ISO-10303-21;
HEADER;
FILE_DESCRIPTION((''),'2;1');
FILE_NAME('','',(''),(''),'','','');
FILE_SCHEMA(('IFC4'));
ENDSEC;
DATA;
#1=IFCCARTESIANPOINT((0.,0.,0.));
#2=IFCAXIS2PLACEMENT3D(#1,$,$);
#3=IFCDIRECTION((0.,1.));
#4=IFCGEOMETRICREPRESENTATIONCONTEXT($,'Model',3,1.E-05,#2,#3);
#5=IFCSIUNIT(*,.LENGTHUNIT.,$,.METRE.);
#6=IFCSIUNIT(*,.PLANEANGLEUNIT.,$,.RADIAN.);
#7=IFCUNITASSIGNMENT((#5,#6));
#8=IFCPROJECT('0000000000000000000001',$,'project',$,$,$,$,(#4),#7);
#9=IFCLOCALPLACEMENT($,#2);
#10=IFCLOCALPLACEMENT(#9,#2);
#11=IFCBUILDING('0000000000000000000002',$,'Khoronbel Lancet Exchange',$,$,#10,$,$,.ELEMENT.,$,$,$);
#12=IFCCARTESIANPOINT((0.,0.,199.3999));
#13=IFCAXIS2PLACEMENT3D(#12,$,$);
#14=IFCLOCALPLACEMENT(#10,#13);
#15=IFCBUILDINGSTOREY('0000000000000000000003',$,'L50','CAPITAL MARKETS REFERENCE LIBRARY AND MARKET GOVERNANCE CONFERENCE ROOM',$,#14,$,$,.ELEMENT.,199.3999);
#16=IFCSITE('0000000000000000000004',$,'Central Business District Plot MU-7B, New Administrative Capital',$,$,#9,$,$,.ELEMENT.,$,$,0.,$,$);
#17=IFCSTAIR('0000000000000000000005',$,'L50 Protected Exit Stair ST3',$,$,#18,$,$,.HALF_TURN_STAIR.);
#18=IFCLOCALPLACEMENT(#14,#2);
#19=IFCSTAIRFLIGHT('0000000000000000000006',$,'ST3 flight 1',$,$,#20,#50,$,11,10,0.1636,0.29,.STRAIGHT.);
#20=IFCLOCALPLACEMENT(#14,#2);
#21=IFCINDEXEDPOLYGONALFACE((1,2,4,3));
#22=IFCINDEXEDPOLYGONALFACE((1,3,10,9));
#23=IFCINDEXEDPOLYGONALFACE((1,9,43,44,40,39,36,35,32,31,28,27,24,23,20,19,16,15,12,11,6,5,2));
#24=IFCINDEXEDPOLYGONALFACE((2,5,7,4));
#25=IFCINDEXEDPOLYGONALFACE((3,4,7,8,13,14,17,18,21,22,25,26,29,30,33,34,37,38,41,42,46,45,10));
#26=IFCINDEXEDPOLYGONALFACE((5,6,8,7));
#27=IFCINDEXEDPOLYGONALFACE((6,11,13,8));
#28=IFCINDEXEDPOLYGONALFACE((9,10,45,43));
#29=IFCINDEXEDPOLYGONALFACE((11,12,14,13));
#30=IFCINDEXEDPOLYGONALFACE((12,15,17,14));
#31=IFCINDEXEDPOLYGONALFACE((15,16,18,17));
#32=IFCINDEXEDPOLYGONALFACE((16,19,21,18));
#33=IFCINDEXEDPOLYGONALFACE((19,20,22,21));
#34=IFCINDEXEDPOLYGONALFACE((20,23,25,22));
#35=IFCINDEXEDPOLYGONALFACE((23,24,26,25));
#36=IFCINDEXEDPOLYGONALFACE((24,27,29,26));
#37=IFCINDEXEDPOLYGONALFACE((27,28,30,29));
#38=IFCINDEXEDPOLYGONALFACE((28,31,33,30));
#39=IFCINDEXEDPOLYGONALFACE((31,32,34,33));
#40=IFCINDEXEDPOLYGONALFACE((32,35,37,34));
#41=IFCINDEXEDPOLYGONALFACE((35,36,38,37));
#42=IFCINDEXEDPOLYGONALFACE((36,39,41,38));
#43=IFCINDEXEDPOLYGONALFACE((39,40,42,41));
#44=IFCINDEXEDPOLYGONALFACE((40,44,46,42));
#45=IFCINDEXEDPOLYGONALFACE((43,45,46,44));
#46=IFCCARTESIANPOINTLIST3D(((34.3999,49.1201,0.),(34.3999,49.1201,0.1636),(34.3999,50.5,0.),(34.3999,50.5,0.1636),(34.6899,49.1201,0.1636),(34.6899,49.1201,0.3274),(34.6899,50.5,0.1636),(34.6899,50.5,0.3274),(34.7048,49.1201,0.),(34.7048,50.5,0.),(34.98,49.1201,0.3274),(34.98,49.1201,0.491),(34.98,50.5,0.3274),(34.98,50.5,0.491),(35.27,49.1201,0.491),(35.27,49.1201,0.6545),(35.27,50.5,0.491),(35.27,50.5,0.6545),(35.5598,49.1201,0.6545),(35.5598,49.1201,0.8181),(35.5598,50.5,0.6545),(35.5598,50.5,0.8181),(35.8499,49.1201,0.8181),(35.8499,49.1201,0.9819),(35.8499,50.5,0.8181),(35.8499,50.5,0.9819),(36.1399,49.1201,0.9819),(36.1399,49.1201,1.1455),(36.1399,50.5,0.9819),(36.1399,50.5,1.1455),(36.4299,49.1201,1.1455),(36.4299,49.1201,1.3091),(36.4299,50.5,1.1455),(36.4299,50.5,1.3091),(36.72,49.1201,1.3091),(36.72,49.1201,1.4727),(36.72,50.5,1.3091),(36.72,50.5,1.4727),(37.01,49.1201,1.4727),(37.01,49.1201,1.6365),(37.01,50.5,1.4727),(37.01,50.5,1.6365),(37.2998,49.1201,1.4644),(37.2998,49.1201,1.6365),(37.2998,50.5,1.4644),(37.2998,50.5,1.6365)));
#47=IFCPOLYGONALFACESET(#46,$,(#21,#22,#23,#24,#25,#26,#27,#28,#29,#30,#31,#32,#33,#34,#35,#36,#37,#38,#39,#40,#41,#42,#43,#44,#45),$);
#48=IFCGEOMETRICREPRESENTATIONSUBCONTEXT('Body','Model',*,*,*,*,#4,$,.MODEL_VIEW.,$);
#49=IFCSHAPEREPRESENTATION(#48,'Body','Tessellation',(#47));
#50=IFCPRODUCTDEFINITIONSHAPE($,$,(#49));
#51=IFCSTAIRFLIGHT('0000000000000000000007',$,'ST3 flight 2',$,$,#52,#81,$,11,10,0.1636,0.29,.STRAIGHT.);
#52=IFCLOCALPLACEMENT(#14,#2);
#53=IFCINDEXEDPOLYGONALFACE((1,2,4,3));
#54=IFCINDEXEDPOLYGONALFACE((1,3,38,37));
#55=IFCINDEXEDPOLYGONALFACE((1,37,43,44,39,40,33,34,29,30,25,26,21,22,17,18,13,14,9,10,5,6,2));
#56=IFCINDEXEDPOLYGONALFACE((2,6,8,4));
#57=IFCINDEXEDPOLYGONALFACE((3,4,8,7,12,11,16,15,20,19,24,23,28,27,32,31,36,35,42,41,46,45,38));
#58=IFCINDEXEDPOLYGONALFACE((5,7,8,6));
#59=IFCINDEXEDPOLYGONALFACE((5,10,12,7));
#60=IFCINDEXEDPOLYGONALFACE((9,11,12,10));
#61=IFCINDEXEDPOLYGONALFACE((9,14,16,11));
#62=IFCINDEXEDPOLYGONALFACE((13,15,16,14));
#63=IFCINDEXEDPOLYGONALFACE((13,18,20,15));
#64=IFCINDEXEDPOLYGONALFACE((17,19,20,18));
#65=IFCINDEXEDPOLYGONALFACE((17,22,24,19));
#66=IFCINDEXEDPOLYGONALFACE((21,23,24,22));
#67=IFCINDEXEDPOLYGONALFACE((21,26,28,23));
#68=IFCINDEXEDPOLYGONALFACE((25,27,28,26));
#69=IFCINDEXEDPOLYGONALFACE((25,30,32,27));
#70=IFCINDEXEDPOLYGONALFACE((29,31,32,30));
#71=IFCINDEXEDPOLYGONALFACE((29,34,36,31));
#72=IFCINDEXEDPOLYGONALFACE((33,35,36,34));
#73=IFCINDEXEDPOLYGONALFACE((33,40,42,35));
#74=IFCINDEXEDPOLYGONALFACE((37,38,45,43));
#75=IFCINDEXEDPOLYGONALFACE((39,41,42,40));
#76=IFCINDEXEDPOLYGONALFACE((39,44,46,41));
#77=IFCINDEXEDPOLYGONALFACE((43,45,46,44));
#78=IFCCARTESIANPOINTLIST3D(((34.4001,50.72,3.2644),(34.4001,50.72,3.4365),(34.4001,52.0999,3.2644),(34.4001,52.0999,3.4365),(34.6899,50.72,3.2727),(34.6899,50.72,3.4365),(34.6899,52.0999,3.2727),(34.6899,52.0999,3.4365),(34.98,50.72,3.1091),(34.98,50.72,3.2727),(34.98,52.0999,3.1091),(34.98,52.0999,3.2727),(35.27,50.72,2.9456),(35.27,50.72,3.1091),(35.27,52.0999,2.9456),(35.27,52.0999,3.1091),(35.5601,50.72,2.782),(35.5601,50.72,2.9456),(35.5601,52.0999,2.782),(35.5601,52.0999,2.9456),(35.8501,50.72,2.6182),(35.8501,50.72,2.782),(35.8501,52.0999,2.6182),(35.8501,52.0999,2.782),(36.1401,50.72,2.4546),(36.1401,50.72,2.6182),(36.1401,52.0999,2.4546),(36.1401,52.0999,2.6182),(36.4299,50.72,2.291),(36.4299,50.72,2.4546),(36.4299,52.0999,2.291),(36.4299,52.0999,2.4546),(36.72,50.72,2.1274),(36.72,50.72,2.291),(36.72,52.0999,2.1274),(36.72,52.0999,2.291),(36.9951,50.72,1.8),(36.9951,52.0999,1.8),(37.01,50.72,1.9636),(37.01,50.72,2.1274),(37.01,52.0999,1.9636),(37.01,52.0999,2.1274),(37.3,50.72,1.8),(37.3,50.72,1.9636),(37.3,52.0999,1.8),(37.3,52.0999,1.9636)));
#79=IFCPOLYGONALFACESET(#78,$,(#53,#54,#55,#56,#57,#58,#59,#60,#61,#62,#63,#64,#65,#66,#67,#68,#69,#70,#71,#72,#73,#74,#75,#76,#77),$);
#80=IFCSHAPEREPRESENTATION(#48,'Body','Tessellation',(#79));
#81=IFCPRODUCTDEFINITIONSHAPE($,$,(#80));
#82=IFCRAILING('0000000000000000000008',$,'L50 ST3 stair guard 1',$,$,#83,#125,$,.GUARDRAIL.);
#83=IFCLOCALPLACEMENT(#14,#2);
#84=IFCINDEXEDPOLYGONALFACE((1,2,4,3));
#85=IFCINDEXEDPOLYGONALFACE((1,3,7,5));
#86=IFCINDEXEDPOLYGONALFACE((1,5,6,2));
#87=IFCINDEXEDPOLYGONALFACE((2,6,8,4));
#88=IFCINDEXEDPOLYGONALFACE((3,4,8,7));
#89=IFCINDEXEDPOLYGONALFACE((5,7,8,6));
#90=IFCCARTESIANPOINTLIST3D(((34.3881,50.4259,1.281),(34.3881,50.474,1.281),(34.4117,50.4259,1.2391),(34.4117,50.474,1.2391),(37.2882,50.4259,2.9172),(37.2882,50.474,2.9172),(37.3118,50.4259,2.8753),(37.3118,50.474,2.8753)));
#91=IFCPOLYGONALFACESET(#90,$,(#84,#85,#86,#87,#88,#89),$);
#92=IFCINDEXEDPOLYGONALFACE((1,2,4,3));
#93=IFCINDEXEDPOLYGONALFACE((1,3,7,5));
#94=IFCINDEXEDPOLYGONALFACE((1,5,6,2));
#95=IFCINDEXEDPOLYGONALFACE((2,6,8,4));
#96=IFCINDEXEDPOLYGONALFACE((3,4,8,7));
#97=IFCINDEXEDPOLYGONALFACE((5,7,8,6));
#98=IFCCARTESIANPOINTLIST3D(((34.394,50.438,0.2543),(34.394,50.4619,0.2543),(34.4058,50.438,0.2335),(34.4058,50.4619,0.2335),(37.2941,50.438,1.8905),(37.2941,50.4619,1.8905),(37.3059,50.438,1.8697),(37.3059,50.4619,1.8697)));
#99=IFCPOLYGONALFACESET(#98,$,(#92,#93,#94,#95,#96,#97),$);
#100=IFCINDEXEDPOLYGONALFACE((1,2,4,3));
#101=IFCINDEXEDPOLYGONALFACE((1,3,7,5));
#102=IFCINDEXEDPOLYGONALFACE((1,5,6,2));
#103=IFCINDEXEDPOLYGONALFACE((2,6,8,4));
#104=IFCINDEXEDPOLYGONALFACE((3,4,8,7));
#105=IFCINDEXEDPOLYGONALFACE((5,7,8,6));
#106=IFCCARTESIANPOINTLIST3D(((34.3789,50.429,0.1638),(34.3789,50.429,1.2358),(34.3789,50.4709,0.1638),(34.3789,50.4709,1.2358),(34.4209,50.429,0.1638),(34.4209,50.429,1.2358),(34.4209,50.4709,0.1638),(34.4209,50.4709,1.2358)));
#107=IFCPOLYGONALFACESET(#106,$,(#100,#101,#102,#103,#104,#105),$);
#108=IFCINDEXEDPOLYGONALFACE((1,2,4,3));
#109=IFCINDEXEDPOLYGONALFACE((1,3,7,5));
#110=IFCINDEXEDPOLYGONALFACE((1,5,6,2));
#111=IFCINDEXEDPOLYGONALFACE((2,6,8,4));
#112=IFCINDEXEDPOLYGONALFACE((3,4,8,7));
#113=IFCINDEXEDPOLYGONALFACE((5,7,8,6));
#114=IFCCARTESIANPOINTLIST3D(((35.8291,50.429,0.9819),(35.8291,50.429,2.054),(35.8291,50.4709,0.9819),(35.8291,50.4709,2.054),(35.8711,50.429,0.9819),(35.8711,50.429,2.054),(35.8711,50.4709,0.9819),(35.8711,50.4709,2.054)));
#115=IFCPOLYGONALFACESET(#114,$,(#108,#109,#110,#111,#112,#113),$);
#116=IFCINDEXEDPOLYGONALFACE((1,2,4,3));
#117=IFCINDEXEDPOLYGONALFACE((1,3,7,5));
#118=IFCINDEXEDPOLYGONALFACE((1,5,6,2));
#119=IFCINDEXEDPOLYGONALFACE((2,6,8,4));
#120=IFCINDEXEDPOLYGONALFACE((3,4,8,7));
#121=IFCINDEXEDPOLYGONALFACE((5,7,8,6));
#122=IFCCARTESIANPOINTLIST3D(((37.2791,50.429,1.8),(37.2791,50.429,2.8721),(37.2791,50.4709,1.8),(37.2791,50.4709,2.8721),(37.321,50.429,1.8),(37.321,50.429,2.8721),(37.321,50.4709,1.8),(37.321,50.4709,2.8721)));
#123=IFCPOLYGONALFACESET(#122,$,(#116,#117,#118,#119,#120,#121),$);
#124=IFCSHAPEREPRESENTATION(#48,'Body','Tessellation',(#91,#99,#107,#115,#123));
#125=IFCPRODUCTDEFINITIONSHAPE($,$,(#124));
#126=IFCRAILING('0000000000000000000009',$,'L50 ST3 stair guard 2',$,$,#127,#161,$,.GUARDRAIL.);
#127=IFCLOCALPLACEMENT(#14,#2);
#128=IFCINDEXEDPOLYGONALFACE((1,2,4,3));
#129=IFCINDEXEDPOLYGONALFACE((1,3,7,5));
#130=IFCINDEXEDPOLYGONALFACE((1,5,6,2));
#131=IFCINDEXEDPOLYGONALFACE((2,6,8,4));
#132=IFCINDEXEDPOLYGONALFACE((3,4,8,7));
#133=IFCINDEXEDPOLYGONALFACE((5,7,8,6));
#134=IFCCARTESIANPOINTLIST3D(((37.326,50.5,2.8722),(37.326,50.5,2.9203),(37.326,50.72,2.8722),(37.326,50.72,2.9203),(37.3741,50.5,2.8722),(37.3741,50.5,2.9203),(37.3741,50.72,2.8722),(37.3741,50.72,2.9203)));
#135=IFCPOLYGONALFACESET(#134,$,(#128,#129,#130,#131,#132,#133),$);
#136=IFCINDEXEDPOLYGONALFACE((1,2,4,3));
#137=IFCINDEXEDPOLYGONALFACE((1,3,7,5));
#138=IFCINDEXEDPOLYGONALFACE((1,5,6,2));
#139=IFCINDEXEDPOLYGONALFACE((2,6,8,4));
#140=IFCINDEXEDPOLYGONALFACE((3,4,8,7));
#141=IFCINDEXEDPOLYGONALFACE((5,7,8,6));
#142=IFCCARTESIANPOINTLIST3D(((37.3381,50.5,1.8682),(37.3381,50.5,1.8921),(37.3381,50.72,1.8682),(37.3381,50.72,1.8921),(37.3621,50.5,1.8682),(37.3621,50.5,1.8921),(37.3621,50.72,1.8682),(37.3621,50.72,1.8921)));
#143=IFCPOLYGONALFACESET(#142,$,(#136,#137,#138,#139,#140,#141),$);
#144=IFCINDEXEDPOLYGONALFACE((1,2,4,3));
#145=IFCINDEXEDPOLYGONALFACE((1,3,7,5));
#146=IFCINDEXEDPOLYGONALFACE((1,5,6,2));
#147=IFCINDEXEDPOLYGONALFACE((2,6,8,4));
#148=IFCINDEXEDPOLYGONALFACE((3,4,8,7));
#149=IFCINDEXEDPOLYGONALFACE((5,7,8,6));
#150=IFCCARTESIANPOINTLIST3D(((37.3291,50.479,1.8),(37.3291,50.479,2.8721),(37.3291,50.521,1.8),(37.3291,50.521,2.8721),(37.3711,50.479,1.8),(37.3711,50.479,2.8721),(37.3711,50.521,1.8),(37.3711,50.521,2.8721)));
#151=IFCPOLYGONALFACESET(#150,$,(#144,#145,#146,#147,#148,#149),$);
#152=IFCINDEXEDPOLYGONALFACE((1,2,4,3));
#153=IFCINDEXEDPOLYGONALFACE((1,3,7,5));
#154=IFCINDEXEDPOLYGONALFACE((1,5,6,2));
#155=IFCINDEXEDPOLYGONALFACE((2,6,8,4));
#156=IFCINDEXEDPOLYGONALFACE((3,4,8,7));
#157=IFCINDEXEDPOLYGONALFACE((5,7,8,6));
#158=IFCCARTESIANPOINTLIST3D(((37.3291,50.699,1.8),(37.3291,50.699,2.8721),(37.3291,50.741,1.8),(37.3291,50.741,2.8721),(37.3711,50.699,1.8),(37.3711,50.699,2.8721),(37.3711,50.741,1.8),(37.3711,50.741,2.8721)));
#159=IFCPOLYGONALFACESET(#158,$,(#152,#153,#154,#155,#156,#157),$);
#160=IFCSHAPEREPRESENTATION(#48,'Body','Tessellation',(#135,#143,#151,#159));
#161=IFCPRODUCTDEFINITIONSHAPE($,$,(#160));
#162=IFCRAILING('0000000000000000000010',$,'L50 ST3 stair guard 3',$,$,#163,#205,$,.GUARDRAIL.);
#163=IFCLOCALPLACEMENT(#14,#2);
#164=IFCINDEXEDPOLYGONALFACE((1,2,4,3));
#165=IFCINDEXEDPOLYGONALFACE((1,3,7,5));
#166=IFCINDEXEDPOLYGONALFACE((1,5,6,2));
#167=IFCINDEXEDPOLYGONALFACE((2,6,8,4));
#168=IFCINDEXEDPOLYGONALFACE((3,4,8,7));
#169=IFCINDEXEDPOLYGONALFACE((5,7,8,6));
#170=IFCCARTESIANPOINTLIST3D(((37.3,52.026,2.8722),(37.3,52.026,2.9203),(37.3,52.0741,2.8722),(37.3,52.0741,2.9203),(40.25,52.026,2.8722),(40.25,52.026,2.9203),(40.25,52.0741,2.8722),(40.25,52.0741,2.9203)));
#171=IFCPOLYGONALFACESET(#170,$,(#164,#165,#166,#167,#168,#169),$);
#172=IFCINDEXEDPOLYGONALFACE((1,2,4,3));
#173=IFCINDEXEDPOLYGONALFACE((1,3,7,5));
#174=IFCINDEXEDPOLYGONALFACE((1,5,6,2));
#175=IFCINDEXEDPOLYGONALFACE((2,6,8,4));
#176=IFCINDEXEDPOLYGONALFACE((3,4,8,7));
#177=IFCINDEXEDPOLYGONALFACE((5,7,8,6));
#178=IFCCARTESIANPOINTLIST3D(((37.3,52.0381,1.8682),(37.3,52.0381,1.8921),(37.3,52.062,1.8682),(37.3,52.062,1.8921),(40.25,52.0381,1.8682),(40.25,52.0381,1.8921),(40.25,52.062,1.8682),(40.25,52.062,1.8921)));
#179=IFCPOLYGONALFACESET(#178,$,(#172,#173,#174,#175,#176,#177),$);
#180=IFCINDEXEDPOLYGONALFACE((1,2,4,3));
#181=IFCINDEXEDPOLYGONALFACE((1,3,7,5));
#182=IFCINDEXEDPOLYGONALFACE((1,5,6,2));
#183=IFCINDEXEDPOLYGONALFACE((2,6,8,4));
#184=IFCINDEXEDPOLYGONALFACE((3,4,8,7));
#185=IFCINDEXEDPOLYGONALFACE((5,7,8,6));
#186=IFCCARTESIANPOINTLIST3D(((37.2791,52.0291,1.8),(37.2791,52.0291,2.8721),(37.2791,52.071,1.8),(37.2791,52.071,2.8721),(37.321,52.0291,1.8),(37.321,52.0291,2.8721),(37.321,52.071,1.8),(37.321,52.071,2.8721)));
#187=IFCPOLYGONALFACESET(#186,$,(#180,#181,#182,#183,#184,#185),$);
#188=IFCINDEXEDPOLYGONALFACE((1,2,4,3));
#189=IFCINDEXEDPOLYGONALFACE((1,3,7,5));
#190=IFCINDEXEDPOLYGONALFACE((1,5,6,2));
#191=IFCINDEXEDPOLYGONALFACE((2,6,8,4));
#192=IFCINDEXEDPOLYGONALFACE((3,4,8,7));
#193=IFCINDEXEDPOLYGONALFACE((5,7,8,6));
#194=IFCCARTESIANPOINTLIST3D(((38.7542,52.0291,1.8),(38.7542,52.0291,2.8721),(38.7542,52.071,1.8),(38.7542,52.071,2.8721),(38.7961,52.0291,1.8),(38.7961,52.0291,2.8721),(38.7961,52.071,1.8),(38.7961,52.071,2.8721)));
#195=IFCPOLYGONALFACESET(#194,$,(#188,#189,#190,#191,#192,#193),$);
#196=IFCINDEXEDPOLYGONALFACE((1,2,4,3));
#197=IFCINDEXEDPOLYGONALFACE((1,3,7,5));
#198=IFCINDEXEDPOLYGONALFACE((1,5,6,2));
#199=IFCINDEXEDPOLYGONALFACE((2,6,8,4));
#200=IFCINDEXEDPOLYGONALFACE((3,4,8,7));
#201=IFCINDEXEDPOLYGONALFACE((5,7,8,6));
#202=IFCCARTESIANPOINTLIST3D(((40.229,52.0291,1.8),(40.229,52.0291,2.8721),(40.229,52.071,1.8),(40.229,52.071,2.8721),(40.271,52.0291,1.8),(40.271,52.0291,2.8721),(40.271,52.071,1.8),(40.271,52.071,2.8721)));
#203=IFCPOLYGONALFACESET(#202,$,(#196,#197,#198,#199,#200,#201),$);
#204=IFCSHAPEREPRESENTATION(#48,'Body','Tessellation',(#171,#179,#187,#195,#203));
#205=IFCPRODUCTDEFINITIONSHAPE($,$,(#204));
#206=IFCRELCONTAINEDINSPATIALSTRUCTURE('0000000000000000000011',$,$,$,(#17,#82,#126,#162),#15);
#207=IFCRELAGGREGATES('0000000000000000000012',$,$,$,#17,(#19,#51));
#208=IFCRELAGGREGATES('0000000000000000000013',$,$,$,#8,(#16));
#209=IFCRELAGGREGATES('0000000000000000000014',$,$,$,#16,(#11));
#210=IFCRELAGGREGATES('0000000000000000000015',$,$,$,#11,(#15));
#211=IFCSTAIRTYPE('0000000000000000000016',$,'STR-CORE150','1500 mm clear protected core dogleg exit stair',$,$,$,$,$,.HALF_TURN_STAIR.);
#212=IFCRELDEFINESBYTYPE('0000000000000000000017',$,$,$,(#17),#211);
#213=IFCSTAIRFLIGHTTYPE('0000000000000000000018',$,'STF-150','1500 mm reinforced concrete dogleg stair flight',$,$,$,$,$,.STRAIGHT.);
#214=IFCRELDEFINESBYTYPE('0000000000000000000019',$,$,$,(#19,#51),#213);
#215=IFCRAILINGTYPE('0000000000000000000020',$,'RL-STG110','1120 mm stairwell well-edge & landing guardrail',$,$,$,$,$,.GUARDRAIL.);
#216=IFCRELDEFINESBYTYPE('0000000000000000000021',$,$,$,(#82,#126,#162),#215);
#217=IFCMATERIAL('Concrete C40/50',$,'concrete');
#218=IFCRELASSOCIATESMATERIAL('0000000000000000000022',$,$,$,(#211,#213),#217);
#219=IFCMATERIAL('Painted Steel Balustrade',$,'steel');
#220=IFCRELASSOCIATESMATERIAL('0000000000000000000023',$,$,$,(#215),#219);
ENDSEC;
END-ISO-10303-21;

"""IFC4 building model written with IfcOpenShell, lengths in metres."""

from ifc_helpers import new_model, si_unit, direction, frame, origin, origin_2d, place, context, subcontext, project, spatial, polyline, rectangle, outline, extrude, material, type_object, element, aggregate, save


model = new_model("IFC4")

# Units and contexts
model_context = context("Model", 3, precision=1e-05, world=origin(), true_north=direction((0.0, 1.0)))
body_context = subcontext(model_context, "Body", "Model", "MODEL_VIEW")
ifc_project = project(units=[si_unit("LENGTHUNIT", "METRE"), si_unit("PLANEANGLEUNIT", "RADIAN")], contexts=[model_context])

# Site, building, storey
site_placement = place(None, origin())
site = spatial("IfcSite", under=ifc_project, at=site_placement, Name="Central Business District Plot MU-7B, New Administrative Capital", CompositionType="ELEMENT", RefElevation=0.0)
building_placement = place(site_placement, origin())
building = spatial("IfcBuilding", under=site, at=building_placement, Name="Khoronbel Lancet Exchange", CompositionType="ELEMENT")
storey_placement = place(building_placement, frame((0.0, 0.0, 199.3999)))
storey = spatial("IfcBuildingStorey", under=building, at=storey_placement, Name="L50", Description="CAPITAL MARKETS REFERENCE LIBRARY AND MARKET GOVERNANCE CONFERENCE ROOM", CompositionType="ELEMENT", Elevation=199.3999)

# Stair, stair flights
ifc_material_1 = material(Name="Concrete C40/50", Category="concrete")
stair_type = type_object("IfcStairType", Name="STR-CORE150", Description="1500 mm clear protected core dogleg exit stair", PredefinedType="HALF_TURN_STAIR", material=ifc_material_1)
stair_placement = place(storey_placement, origin())
stair = element("IfcStair", 1, at=stair_placement, inside=storey, type_object=stair_type, Name="L50 Protected Exit Stair ST3", PredefinedType="HALF_TURN_STAIR")
stair_flight_type = type_object("IfcStairFlightType", Name="STF-150", Description="1500 mm reinforced concrete dogleg stair flight", PredefinedType="STRAIGHT", material=ifc_material_1)
stair_flight_1_placement = place(storey_placement, frame((34.3999, 49.8101, 0.0), z_axis=(0.0, 0.0, 1.0), x_axis=(1.0, 0.0, 0.0)))
stair_flight_1 = element("IfcStairFlight", 2, at=stair_flight_1_placement, type_object=stair_flight_type, Name="ST3 flight 1", NumberOfRisers=11, NumberOfTreads=10, PredefinedType="STRAIGHT", RiserHeight=0.1636, TreadLength=0.29, context=body_context, shape_type="SweptSolid", body=[
    extrude(outline(polyline([(0.0, 0.0), (0.0, 0.1636), (0.29, 0.1636), (0.29, 0.3274), (0.5801, 0.3274), (0.5801, 0.491), (0.8701, 0.491), (0.8701, 0.6545), (1.1599, 0.6545), (1.1599, 0.8181), (1.45, 0.8181), (1.45, 0.9819), (1.74, 0.9819), (1.74, 1.1455), (2.03, 1.1455), (2.03, 1.3091), (2.3201, 1.3091), (2.3201, 1.4727), (2.6101, 1.4727), (2.6101, 1.6365), (2.8999, 1.6365), (2.8999, 1.8), (2.8999, 1.4644), (0.3049, 0.0), (0.0, 0.0)])), frame((0.0, 0.6899, 0.0), z_axis=(0.0, -1.0, 0.0), x_axis=(1.0, 0.0, 0.0)), (0.0, 0.0, 1.0), 1.3799),
])
stair_flight_2_placement = place(storey_placement, frame((37.3, 51.4099, 1.8), z_axis=(0.0, 0.0, 1.0), x_axis=(-1.0, 0.0, 0.0)))
stair_flight_2 = element("IfcStairFlight", 3, at=stair_flight_2_placement, type_object=stair_flight_type, Name="ST3 flight 2", NumberOfRisers=11, NumberOfTreads=10, PredefinedType="STRAIGHT", RiserHeight=0.1636, TreadLength=0.29, context=body_context, shape_type="SweptSolid", body=[
    extrude(outline(polyline([(0.0, 0.0), (0.0, 0.1636), (0.29, 0.1636), (0.29, 0.3274), (0.5801, 0.3274), (0.5801, 0.491), (0.8701, 0.491), (0.8701, 0.6545), (1.1599, 0.6545), (1.1599, 0.8181), (1.45, 0.8181), (1.45, 0.9819), (1.74, 0.9819), (1.74, 1.1455), (2.03, 1.1455), (2.03, 1.3091), (2.3201, 1.3091), (2.3201, 1.4727), (2.6101, 1.4727), (2.6101, 1.6365), (2.8999, 1.6365), (2.8999, 1.8), (2.8999, 1.4644), (0.3049, 0.0), (0.0, 0.0)])), frame((0.0, 0.6899, 0.0), z_axis=(0.0, -1.0, 0.0), x_axis=(1.0, 0.0, 0.0)), (0.0, 0.0, 1.0), 1.3799),
])
aggregate(stair, [stair_flight_1, stair_flight_2])

# Railings
ifc_material_2 = material(Name="Painted Steel Balustrade", Category="steel")
railing_type_1 = type_object("IfcRailingType", Name="RL-STG110", Description="1120 mm stairwell well-edge & landing guardrail", PredefinedType="GUARDRAIL", material=ifc_material_2)
railing_1_placement = place(storey_placement, frame((34.3999, 50.45, 0.1638)))
element("IfcRailing", 4, at=railing_1_placement, inside=storey, type_object=railing_type_1, Name="L50 ST3 stair guard 1", PredefinedType="GUARDRAIL", context=body_context, shape_type="SweptSolid", body=[
    extrude(rectangle(XDim=0.0481, YDim=0.0481, at=origin_2d()), frame((0.0, 0.0, 1.0962), z_axis=(0.870946, 0.0, 0.491378), x_axis=(0.0, 1.0, 0.0)), (0.0, 0.0, 1.0), 3.3298),
    extrude(rectangle(XDim=0.0239, YDim=0.0239, at=origin_2d()), frame((0.0, 0.0, 0.0801), z_axis=(0.870946, 0.0, 0.491378), x_axis=(0.0, 1.0, 0.0)), (0.0, 0.0, 1.0), 3.3298),
    extrude(rectangle(XDim=0.042, YDim=0.042, at=origin_2d()), origin(), (0.0, 0.0, 1.0), 1.072),
    extrude(rectangle(XDim=0.042, YDim=0.042, at=origin_2d()), frame((1.4502, 0.0, 0.8181)), (0.0, 0.0, 1.0), 1.072),
    extrude(rectangle(XDim=0.042, YDim=0.042, at=origin_2d()), frame((2.9001, 0.0, 1.6362)), (0.0, 0.0, 1.0), 1.072),
])
railing_2_placement = place(storey_placement, frame((37.3501, 50.5, 1.8)))
element("IfcRailing", 5, at=railing_2_placement, inside=storey, type_object=railing_type_1, Name="L50 ST3 stair guard 2", PredefinedType="GUARDRAIL", context=body_context, shape_type="SweptSolid", body=[
    extrude(rectangle(XDim=0.0481, YDim=0.0481, at=origin_2d()), frame((0.0, 0.0, 1.0962), z_axis=(0.0, 1.0, 0.0), x_axis=(-1.0, 0.0, 0.0)), (0.0, 0.0, 1.0), 0.22),
    extrude(rectangle(XDim=0.0239, YDim=0.0239, at=origin_2d()), frame((0.0, 0.0, 0.0801), z_axis=(0.0, 1.0, 0.0), x_axis=(-1.0, 0.0, 0.0)), (0.0, 0.0, 1.0), 0.22),
    extrude(rectangle(XDim=0.042, YDim=0.042, at=origin_2d()), origin(), (0.0, 0.0, 1.0), 1.072),
    extrude(rectangle(XDim=0.042, YDim=0.042, at=origin_2d()), frame((0.0, 0.22, 0.0)), (0.0, 0.0, 1.0), 1.072),
])
railing_3_placement = place(storey_placement, frame((37.3, 52.05, 1.8)))
element("IfcRailing", 6, at=railing_3_placement, inside=storey, type_object=railing_type_1, Name="L50 ST3 stair guard 3", PredefinedType="GUARDRAIL", context=body_context, shape_type="SweptSolid", body=[
    extrude(rectangle(XDim=0.0481, YDim=0.0481, at=origin_2d()), frame((0.0, 0.0, 1.0962), z_axis=(1.0, 0.0, 0.0), x_axis=(0.0, 1.0, 0.0)), (0.0, 0.0, 1.0), 2.95),
    extrude(rectangle(XDim=0.0239, YDim=0.0239, at=origin_2d()), frame((0.0, 0.0, 0.0801), z_axis=(1.0, 0.0, 0.0), x_axis=(0.0, 1.0, 0.0)), (0.0, 0.0, 1.0), 2.95),
    extrude(rectangle(XDim=0.042, YDim=0.042, at=origin_2d()), origin(), (0.0, 0.0, 1.0), 1.072),
    extrude(rectangle(XDim=0.042, YDim=0.042, at=origin_2d()), frame((1.4751, 0.0, 0.0)), (0.0, 0.0, 1.0), 1.072),
    extrude(rectangle(XDim=0.042, YDim=0.042, at=origin_2d()), frame((2.95, 0.0, 0.0)), (0.0, 0.0, 1.0), 1.072),
])

save(model, "model.ifc")
